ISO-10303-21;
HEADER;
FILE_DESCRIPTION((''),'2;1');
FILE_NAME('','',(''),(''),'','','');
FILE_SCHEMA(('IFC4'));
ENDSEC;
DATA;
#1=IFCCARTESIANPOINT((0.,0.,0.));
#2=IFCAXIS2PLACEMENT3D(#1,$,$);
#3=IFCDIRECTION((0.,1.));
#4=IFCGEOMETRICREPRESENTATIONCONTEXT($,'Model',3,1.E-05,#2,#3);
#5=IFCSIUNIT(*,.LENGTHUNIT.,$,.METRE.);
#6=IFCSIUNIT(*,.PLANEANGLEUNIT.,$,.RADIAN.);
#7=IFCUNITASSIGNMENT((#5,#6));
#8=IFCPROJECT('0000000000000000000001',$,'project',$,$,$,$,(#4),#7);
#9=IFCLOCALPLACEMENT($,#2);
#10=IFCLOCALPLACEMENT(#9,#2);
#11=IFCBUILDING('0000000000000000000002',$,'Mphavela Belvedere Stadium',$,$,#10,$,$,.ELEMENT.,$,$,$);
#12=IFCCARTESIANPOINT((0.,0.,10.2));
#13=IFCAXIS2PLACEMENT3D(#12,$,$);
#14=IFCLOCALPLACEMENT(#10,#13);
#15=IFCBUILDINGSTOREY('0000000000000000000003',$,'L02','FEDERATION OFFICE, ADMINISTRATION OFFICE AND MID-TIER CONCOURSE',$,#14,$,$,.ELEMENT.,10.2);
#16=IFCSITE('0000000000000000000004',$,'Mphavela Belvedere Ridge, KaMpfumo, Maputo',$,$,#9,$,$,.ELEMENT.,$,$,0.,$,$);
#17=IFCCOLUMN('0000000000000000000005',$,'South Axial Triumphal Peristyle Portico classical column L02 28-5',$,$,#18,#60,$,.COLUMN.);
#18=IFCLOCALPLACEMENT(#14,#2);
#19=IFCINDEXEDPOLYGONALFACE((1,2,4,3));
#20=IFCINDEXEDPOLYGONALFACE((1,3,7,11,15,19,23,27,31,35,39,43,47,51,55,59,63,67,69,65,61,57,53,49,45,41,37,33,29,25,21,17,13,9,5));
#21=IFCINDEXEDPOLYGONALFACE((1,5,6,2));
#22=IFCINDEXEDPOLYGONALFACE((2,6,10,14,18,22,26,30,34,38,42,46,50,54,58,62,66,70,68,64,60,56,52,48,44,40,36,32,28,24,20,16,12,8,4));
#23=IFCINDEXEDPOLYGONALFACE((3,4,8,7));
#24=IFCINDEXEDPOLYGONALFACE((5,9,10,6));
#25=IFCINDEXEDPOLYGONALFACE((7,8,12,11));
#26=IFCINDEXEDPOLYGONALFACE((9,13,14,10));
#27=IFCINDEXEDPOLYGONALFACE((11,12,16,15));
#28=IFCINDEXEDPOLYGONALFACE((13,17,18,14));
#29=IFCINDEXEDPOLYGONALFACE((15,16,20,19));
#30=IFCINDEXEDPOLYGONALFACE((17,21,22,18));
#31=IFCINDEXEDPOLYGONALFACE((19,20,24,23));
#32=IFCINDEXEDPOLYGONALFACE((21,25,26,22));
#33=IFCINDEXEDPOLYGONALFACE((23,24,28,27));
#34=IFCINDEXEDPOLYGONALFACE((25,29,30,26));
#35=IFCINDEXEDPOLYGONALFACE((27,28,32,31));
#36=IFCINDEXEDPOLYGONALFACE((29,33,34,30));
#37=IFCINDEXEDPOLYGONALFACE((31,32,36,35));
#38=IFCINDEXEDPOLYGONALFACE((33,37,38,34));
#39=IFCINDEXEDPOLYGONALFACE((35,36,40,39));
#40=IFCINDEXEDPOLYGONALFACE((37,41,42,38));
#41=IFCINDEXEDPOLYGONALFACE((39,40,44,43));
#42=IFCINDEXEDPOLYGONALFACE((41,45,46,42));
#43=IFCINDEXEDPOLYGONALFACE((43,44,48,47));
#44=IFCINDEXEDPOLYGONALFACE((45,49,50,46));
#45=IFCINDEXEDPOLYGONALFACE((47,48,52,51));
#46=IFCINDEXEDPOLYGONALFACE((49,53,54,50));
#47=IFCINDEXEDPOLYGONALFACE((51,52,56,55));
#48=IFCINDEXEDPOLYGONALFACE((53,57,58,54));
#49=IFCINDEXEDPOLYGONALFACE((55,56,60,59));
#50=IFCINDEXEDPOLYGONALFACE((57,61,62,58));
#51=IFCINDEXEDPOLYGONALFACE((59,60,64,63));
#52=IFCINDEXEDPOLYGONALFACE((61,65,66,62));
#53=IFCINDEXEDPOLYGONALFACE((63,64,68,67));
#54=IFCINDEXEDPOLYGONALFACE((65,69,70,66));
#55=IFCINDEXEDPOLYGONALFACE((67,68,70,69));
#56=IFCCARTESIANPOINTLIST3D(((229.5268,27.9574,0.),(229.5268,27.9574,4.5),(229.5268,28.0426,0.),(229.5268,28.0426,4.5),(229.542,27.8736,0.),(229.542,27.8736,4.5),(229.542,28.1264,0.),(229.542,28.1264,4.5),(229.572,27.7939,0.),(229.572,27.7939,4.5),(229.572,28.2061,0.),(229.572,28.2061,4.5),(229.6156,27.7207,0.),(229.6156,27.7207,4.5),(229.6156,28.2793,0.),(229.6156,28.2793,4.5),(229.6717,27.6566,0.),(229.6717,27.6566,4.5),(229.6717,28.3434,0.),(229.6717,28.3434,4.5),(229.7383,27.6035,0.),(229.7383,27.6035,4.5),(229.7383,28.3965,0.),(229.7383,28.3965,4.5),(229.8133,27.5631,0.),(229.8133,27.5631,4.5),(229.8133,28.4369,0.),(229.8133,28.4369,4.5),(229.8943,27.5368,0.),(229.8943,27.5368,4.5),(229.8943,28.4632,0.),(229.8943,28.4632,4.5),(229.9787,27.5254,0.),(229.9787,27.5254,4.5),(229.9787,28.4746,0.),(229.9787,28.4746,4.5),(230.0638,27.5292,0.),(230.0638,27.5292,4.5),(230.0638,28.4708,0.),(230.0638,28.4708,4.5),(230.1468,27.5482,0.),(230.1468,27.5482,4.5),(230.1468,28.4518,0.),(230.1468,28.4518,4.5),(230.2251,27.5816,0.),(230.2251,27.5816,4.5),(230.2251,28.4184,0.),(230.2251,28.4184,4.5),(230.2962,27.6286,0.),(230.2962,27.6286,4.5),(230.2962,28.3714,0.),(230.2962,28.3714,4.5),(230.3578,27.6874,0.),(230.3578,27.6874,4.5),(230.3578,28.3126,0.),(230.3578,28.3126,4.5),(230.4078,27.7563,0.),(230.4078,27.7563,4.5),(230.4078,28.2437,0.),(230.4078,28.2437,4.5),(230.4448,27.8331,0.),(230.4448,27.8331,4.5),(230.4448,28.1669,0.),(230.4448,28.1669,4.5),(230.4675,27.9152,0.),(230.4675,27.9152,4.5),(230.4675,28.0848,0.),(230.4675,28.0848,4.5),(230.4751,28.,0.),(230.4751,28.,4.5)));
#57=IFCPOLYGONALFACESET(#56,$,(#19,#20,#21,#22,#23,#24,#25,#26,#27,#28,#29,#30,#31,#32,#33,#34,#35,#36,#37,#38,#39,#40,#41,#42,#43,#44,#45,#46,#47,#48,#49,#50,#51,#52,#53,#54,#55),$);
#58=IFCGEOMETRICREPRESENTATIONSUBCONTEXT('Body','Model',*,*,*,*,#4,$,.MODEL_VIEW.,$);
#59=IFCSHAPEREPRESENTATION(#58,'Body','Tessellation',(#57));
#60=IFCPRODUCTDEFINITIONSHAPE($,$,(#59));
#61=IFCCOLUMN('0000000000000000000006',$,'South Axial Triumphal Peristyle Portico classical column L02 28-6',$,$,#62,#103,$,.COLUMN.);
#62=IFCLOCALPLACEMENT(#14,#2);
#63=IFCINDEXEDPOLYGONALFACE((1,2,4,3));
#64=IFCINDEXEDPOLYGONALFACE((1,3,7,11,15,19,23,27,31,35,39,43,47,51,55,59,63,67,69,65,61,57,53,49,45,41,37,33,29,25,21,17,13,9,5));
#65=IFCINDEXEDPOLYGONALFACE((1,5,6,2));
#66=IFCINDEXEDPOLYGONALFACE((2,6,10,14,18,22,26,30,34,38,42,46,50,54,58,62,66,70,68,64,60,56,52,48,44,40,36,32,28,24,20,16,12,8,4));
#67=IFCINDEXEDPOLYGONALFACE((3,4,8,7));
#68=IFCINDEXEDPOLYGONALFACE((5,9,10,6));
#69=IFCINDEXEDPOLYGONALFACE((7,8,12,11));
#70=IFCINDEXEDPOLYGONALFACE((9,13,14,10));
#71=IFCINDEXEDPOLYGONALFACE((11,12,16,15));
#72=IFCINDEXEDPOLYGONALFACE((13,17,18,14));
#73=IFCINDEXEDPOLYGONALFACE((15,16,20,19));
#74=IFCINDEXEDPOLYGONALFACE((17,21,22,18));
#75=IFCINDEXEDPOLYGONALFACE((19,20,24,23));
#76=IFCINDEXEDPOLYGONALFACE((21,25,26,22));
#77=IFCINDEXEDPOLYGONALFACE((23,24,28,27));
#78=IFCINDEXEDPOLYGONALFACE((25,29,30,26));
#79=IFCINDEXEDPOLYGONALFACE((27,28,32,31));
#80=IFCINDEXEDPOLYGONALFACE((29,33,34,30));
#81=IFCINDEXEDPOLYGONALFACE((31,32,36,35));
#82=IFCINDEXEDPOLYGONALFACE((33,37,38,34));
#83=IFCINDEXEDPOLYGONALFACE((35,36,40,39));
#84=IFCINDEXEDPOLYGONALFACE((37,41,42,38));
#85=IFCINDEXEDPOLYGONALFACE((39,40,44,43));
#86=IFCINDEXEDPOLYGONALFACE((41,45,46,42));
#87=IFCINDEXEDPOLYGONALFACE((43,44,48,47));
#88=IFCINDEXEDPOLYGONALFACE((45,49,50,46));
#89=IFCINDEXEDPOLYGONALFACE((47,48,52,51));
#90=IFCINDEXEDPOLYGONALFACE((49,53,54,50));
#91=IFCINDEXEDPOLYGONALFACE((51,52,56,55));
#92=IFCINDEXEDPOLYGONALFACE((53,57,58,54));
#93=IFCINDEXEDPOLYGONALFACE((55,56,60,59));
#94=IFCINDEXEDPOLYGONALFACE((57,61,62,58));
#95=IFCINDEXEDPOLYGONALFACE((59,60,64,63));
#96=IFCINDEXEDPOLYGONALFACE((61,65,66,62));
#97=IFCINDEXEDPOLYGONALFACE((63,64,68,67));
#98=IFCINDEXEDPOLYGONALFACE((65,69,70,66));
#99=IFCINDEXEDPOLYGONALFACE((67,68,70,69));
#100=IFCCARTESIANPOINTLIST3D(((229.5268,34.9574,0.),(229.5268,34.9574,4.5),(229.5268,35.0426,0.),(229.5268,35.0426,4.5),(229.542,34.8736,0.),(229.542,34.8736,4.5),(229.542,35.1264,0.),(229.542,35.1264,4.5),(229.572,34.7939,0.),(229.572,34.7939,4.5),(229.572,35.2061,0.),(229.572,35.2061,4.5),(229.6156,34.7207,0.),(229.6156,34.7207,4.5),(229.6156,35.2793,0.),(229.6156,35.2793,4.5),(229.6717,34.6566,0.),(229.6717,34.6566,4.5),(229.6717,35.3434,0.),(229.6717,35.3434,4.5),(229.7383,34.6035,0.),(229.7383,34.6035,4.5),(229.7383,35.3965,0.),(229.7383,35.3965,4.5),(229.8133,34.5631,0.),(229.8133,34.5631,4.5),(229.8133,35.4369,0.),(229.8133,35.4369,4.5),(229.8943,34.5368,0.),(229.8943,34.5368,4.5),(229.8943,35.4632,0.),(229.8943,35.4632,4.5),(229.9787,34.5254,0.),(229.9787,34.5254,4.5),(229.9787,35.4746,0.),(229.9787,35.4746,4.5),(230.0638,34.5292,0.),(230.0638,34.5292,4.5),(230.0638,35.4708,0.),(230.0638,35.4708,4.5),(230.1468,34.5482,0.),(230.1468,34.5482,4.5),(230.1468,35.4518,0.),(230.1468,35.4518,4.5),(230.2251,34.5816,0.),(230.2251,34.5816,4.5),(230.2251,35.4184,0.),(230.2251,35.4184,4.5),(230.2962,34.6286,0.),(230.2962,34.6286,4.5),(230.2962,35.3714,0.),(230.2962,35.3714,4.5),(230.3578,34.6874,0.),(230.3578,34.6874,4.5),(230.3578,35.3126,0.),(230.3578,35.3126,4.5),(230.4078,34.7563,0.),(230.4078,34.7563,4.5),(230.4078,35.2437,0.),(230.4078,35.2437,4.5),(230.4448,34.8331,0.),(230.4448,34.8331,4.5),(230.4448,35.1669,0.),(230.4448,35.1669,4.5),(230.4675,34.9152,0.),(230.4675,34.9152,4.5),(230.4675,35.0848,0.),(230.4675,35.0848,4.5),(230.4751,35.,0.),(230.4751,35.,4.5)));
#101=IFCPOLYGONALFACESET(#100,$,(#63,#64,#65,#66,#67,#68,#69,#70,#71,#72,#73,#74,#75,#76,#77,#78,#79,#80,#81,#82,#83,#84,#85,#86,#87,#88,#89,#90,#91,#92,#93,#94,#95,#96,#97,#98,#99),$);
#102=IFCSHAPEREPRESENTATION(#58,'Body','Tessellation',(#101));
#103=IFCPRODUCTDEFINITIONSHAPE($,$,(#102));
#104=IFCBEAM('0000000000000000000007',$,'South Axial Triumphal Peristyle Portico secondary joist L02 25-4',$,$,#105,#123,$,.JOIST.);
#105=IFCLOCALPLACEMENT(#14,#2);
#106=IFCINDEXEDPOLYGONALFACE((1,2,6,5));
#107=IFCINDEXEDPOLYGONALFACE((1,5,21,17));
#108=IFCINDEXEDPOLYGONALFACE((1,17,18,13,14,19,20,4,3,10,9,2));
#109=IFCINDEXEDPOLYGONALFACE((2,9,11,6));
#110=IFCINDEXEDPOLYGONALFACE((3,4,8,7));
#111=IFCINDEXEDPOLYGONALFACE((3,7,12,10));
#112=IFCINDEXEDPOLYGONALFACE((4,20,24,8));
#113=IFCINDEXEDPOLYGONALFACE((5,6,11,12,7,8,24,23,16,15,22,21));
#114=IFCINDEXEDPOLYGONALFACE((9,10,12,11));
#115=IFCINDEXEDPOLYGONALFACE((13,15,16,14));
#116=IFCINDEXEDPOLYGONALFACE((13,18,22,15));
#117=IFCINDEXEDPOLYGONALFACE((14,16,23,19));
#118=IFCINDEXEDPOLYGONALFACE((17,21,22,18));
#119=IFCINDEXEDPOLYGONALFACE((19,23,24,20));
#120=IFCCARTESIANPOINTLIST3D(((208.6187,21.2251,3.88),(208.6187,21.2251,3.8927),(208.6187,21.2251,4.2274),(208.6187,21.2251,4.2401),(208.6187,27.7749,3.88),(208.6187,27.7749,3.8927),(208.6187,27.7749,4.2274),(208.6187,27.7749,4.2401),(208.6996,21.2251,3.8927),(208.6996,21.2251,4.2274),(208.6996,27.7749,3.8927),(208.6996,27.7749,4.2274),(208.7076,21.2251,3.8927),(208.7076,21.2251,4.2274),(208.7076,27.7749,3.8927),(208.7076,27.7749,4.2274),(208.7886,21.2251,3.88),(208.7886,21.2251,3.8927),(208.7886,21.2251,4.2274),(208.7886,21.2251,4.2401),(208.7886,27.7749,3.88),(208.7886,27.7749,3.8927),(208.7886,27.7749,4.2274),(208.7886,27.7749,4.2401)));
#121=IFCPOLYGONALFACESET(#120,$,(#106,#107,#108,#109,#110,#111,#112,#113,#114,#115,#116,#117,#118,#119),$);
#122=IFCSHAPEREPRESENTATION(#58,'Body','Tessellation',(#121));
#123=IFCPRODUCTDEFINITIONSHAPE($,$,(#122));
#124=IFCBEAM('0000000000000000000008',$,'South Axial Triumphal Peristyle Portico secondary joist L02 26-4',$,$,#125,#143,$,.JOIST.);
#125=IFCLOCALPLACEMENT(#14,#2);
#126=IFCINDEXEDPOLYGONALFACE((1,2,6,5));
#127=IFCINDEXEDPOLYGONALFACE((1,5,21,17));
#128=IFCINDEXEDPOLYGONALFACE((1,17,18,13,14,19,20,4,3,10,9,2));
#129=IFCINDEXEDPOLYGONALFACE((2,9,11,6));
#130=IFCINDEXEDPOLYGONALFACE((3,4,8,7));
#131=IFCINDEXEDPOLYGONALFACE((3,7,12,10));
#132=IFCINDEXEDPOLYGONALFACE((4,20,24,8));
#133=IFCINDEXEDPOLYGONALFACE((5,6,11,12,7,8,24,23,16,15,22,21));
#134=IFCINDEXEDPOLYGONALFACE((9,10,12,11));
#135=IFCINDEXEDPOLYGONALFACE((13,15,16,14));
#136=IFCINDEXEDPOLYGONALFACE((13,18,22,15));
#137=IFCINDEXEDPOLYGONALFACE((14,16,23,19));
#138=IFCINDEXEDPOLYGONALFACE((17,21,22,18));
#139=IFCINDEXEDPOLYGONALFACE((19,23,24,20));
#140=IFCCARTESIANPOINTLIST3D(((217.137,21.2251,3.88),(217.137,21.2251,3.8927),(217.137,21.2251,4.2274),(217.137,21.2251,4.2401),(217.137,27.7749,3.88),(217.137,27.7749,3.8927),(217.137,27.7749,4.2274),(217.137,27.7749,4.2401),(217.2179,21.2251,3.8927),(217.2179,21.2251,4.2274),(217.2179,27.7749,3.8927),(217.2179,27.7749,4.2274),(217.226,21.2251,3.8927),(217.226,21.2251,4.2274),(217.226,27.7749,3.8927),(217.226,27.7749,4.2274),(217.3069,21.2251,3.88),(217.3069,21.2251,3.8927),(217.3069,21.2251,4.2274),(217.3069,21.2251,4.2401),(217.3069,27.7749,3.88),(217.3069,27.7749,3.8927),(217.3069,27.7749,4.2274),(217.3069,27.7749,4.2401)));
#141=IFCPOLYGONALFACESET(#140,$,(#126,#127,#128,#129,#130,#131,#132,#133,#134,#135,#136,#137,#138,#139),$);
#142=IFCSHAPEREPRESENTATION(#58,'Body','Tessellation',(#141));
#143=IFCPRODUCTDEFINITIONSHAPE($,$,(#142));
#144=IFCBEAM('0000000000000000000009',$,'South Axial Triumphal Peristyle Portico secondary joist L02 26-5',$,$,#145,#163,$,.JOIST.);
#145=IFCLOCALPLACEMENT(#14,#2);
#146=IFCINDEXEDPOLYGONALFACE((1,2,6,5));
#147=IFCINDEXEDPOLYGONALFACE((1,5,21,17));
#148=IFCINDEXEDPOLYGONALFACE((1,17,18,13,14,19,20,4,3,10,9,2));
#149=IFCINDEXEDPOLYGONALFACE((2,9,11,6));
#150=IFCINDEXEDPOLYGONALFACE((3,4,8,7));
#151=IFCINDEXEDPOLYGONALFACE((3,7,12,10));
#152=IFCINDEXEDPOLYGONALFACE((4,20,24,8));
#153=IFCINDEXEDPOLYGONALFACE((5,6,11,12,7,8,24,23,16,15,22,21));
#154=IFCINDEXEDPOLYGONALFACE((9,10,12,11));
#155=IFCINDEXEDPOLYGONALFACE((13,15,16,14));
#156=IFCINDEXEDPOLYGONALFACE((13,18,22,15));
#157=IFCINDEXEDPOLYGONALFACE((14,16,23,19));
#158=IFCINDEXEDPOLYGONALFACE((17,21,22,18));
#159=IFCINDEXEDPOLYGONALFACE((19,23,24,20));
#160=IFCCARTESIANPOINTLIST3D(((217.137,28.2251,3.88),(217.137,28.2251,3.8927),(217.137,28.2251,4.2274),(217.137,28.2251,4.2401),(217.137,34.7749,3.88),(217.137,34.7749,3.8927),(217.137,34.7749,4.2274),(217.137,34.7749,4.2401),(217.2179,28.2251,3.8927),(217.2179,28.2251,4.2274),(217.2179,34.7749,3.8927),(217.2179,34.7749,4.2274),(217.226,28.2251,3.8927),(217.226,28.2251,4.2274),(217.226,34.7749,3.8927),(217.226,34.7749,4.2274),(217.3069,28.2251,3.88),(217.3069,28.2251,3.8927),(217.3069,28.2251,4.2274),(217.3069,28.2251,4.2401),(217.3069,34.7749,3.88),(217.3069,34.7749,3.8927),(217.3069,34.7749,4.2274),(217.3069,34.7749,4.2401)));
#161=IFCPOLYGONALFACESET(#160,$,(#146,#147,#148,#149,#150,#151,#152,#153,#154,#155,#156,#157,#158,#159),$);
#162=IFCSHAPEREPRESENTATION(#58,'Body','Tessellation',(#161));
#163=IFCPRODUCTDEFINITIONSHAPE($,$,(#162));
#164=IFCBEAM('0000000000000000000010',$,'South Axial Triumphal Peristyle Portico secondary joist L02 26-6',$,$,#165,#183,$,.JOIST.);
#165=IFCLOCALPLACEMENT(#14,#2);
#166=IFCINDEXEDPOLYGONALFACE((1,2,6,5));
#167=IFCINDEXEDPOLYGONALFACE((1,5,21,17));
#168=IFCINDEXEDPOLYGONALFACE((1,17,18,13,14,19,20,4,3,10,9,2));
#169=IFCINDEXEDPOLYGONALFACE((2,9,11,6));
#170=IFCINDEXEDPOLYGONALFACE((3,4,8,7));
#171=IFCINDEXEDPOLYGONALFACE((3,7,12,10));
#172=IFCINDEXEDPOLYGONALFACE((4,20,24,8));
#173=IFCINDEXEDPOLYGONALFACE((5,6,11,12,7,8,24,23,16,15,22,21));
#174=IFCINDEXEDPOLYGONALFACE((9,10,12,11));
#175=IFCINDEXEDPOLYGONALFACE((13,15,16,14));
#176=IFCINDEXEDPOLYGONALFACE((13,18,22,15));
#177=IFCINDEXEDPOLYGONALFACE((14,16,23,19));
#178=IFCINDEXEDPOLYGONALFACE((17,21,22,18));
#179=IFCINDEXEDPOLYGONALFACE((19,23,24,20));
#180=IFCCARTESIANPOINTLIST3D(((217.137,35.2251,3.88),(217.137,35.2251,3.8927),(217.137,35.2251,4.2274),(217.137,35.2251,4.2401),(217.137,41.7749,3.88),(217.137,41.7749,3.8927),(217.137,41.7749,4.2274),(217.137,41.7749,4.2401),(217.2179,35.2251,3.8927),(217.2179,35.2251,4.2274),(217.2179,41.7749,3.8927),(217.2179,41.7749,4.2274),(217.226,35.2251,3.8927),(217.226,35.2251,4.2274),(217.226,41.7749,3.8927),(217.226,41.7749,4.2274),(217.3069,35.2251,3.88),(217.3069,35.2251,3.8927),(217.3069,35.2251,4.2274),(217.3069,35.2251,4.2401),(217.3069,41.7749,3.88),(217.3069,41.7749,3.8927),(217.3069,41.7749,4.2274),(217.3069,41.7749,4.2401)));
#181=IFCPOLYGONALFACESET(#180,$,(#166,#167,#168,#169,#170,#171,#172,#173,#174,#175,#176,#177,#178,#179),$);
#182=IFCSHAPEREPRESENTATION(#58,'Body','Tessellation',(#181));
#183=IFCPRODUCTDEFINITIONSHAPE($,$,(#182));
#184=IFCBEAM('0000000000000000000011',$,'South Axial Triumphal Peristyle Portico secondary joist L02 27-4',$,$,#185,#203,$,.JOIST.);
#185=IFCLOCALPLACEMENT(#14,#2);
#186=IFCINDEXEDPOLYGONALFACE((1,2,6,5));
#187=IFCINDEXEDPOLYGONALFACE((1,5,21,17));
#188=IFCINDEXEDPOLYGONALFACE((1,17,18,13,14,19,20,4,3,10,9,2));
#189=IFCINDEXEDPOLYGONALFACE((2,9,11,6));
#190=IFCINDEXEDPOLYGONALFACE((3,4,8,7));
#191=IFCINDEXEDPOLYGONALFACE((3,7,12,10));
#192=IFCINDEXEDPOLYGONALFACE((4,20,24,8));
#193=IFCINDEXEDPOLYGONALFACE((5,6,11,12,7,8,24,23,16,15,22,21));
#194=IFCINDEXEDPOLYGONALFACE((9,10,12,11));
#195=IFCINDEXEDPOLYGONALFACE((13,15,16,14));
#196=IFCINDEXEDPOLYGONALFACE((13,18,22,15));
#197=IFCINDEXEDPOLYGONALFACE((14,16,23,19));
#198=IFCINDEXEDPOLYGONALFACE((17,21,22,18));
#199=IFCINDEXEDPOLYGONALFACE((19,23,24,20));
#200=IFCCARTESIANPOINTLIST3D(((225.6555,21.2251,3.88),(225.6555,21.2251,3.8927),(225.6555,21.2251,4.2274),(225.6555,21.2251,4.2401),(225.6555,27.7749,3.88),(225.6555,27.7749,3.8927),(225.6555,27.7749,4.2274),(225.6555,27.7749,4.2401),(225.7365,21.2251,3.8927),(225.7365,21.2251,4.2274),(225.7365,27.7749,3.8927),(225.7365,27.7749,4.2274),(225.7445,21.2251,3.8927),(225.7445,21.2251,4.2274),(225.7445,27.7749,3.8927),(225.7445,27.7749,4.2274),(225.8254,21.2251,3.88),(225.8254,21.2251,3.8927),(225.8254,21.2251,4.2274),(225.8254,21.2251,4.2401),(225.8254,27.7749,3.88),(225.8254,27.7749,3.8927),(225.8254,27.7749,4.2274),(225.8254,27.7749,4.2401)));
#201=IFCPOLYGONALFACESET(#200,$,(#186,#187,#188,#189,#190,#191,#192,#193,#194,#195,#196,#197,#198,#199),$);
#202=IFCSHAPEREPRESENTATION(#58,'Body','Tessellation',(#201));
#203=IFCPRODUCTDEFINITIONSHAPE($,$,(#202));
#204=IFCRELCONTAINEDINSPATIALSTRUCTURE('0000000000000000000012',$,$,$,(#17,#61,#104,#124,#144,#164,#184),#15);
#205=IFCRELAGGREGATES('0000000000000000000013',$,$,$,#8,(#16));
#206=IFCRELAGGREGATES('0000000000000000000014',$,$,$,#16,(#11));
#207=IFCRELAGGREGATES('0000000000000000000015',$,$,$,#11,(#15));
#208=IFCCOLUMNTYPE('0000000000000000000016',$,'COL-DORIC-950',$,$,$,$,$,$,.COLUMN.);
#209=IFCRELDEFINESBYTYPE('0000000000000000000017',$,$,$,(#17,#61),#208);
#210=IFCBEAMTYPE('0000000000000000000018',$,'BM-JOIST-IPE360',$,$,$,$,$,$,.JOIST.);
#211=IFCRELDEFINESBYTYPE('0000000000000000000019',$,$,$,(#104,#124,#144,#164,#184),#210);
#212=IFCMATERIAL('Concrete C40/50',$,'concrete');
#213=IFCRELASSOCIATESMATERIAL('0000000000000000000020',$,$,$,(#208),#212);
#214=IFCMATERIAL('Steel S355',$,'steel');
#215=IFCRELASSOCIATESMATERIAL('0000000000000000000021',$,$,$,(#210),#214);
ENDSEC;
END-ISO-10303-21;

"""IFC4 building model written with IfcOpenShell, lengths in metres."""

from ifc_helpers import new_model, si_unit, direction, frame, origin, origin_2d, place, context, subcontext, project, spatial, circle, i_section, extrude, material, material_profile, profile_set, type_object, element, save


model = new_model("IFC4")

# Units and contexts
model_context = context("Model", 3, precision=1e-05, world=origin(), true_north=direction((0.0, 1.0)))
body_context = subcontext(model_context, "Body", "Model", "MODEL_VIEW")
ifc_project = project(units=[si_unit("LENGTHUNIT", "METRE"), si_unit("PLANEANGLEUNIT", "RADIAN")], contexts=[model_context])

# Site, building, storey
site_placement = place(None, origin())
site = spatial("IfcSite", under=ifc_project, at=site_placement, Name="Mphavela Belvedere Ridge, KaMpfumo, Maputo", CompositionType="ELEMENT", RefElevation=0.0)
building_placement = place(site_placement, origin())
building = spatial("IfcBuilding", under=site, at=building_placement, Name="Mphavela Belvedere Stadium", CompositionType="ELEMENT")
storey_placement = place(building_placement, frame((0.0, 0.0, 10.2)))
storey = spatial("IfcBuildingStorey", under=building, at=storey_placement, Name="L02", Description="FEDERATION OFFICE, ADMINISTRATION OFFICE AND MID-TIER CONCOURSE", CompositionType="ELEMENT", Elevation=10.2)

# Columns
ifc_material_1 = material(Name="Concrete C40/50", Category="concrete")
ifc_material_profile_1 = material_profile(ifc_material_1, circle(Radius=0.4751, at=origin_2d()), Name="COL D950")
ifc_profile_set_1 = profile_set([ifc_material_profile_1], Name="Concrete C40/50")
column_type = type_object("IfcColumnType", Name="COL-DORIC-950", PredefinedType="COLUMN", material=ifc_profile_set_1)
for number, where, z_axis, x_axis, name in (
    (1, (230.0, 28.0, 0.0), (0.0, 0.0, 1.0), (1.0, 0.0, 0.0), "South Axial Triumphal Peristyle Portico classical column L02 28-5"),
    (2, (230.0, 35.0, 0.0), (0.0, 0.0, 1.0), (1.0, 0.0, 0.0), "South Axial Triumphal Peristyle Portico classical column L02 28-6"),
):
    element("IfcColumn", number, at=place(storey_placement, frame(where, z_axis=z_axis, x_axis=x_axis)), inside=storey, type_object=column_type, Name=name, PredefinedType="COLUMN", context=body_context, shape_type="SweptSolid", body=[
        extrude(circle(Radius=0.4751, at=origin_2d()), origin(), (0.0, 0.0, 1.0), 4.5),
    ])

# Beams
ifc_material_2 = material(Name="Steel S355", Category="steel")
ifc_material_profile_2 = material_profile(ifc_material_2, i_section(OverallWidth=0.1699, OverallDepth=0.3601, WebThickness=0.0081, FlangeThickness=0.0127, at=origin_2d()), Name="IPE 360")
ifc_profile_set_2 = profile_set([ifc_material_profile_2], Name="Steel S355")
beam_type_1 = type_object("IfcBeamType", Name="BM-JOIST-IPE360", PredefinedType="JOIST", material=ifc_profile_set_2)
for number, where, z_axis, x_axis, name in (
    (3, (208.7036, 21.2251, 4.0601), (0.0, 1.0, 0.0), (-1.0, 0.0, 0.0), "South Axial Triumphal Peristyle Portico secondary joist L02 25-4"),
    (4, (217.2219, 21.2251, 4.0601), (0.0, 1.0, 0.0), (-1.0, 0.0, 0.0), "South Axial Triumphal Peristyle Portico secondary joist L02 26-4"),
    (5, (217.2219, 28.2251, 4.0601), (0.0, 1.0, 0.0), (-1.0, 0.0, 0.0), "South Axial Triumphal Peristyle Portico secondary joist L02 26-5"),
    (6, (217.2219, 35.2251, 4.0601), (0.0, 1.0, 0.0), (-1.0, 0.0, 0.0), "South Axial Triumphal Peristyle Portico secondary joist L02 26-6"),
    (7, (225.7405, 21.2251, 4.0601), (0.0, 1.0, 0.0), (-1.0, 0.0, 0.0), "South Axial Triumphal Peristyle Portico secondary joist L02 27-4"),
):
    element("IfcBeam", number, at=place(storey_placement, frame(where, z_axis=z_axis, x_axis=x_axis)), inside=storey, type_object=beam_type_1, Name=name, PredefinedType="JOIST", context=body_context, shape_type="SweptSolid", body=[
        extrude(i_section(OverallWidth=0.1699, OverallDepth=0.3601, WebThickness=0.0081, FlangeThickness=0.0127, at=origin_2d()), origin(), (0.0, 0.0, 1.0), 6.5498),
    ])

save(model, "model.ifc")
